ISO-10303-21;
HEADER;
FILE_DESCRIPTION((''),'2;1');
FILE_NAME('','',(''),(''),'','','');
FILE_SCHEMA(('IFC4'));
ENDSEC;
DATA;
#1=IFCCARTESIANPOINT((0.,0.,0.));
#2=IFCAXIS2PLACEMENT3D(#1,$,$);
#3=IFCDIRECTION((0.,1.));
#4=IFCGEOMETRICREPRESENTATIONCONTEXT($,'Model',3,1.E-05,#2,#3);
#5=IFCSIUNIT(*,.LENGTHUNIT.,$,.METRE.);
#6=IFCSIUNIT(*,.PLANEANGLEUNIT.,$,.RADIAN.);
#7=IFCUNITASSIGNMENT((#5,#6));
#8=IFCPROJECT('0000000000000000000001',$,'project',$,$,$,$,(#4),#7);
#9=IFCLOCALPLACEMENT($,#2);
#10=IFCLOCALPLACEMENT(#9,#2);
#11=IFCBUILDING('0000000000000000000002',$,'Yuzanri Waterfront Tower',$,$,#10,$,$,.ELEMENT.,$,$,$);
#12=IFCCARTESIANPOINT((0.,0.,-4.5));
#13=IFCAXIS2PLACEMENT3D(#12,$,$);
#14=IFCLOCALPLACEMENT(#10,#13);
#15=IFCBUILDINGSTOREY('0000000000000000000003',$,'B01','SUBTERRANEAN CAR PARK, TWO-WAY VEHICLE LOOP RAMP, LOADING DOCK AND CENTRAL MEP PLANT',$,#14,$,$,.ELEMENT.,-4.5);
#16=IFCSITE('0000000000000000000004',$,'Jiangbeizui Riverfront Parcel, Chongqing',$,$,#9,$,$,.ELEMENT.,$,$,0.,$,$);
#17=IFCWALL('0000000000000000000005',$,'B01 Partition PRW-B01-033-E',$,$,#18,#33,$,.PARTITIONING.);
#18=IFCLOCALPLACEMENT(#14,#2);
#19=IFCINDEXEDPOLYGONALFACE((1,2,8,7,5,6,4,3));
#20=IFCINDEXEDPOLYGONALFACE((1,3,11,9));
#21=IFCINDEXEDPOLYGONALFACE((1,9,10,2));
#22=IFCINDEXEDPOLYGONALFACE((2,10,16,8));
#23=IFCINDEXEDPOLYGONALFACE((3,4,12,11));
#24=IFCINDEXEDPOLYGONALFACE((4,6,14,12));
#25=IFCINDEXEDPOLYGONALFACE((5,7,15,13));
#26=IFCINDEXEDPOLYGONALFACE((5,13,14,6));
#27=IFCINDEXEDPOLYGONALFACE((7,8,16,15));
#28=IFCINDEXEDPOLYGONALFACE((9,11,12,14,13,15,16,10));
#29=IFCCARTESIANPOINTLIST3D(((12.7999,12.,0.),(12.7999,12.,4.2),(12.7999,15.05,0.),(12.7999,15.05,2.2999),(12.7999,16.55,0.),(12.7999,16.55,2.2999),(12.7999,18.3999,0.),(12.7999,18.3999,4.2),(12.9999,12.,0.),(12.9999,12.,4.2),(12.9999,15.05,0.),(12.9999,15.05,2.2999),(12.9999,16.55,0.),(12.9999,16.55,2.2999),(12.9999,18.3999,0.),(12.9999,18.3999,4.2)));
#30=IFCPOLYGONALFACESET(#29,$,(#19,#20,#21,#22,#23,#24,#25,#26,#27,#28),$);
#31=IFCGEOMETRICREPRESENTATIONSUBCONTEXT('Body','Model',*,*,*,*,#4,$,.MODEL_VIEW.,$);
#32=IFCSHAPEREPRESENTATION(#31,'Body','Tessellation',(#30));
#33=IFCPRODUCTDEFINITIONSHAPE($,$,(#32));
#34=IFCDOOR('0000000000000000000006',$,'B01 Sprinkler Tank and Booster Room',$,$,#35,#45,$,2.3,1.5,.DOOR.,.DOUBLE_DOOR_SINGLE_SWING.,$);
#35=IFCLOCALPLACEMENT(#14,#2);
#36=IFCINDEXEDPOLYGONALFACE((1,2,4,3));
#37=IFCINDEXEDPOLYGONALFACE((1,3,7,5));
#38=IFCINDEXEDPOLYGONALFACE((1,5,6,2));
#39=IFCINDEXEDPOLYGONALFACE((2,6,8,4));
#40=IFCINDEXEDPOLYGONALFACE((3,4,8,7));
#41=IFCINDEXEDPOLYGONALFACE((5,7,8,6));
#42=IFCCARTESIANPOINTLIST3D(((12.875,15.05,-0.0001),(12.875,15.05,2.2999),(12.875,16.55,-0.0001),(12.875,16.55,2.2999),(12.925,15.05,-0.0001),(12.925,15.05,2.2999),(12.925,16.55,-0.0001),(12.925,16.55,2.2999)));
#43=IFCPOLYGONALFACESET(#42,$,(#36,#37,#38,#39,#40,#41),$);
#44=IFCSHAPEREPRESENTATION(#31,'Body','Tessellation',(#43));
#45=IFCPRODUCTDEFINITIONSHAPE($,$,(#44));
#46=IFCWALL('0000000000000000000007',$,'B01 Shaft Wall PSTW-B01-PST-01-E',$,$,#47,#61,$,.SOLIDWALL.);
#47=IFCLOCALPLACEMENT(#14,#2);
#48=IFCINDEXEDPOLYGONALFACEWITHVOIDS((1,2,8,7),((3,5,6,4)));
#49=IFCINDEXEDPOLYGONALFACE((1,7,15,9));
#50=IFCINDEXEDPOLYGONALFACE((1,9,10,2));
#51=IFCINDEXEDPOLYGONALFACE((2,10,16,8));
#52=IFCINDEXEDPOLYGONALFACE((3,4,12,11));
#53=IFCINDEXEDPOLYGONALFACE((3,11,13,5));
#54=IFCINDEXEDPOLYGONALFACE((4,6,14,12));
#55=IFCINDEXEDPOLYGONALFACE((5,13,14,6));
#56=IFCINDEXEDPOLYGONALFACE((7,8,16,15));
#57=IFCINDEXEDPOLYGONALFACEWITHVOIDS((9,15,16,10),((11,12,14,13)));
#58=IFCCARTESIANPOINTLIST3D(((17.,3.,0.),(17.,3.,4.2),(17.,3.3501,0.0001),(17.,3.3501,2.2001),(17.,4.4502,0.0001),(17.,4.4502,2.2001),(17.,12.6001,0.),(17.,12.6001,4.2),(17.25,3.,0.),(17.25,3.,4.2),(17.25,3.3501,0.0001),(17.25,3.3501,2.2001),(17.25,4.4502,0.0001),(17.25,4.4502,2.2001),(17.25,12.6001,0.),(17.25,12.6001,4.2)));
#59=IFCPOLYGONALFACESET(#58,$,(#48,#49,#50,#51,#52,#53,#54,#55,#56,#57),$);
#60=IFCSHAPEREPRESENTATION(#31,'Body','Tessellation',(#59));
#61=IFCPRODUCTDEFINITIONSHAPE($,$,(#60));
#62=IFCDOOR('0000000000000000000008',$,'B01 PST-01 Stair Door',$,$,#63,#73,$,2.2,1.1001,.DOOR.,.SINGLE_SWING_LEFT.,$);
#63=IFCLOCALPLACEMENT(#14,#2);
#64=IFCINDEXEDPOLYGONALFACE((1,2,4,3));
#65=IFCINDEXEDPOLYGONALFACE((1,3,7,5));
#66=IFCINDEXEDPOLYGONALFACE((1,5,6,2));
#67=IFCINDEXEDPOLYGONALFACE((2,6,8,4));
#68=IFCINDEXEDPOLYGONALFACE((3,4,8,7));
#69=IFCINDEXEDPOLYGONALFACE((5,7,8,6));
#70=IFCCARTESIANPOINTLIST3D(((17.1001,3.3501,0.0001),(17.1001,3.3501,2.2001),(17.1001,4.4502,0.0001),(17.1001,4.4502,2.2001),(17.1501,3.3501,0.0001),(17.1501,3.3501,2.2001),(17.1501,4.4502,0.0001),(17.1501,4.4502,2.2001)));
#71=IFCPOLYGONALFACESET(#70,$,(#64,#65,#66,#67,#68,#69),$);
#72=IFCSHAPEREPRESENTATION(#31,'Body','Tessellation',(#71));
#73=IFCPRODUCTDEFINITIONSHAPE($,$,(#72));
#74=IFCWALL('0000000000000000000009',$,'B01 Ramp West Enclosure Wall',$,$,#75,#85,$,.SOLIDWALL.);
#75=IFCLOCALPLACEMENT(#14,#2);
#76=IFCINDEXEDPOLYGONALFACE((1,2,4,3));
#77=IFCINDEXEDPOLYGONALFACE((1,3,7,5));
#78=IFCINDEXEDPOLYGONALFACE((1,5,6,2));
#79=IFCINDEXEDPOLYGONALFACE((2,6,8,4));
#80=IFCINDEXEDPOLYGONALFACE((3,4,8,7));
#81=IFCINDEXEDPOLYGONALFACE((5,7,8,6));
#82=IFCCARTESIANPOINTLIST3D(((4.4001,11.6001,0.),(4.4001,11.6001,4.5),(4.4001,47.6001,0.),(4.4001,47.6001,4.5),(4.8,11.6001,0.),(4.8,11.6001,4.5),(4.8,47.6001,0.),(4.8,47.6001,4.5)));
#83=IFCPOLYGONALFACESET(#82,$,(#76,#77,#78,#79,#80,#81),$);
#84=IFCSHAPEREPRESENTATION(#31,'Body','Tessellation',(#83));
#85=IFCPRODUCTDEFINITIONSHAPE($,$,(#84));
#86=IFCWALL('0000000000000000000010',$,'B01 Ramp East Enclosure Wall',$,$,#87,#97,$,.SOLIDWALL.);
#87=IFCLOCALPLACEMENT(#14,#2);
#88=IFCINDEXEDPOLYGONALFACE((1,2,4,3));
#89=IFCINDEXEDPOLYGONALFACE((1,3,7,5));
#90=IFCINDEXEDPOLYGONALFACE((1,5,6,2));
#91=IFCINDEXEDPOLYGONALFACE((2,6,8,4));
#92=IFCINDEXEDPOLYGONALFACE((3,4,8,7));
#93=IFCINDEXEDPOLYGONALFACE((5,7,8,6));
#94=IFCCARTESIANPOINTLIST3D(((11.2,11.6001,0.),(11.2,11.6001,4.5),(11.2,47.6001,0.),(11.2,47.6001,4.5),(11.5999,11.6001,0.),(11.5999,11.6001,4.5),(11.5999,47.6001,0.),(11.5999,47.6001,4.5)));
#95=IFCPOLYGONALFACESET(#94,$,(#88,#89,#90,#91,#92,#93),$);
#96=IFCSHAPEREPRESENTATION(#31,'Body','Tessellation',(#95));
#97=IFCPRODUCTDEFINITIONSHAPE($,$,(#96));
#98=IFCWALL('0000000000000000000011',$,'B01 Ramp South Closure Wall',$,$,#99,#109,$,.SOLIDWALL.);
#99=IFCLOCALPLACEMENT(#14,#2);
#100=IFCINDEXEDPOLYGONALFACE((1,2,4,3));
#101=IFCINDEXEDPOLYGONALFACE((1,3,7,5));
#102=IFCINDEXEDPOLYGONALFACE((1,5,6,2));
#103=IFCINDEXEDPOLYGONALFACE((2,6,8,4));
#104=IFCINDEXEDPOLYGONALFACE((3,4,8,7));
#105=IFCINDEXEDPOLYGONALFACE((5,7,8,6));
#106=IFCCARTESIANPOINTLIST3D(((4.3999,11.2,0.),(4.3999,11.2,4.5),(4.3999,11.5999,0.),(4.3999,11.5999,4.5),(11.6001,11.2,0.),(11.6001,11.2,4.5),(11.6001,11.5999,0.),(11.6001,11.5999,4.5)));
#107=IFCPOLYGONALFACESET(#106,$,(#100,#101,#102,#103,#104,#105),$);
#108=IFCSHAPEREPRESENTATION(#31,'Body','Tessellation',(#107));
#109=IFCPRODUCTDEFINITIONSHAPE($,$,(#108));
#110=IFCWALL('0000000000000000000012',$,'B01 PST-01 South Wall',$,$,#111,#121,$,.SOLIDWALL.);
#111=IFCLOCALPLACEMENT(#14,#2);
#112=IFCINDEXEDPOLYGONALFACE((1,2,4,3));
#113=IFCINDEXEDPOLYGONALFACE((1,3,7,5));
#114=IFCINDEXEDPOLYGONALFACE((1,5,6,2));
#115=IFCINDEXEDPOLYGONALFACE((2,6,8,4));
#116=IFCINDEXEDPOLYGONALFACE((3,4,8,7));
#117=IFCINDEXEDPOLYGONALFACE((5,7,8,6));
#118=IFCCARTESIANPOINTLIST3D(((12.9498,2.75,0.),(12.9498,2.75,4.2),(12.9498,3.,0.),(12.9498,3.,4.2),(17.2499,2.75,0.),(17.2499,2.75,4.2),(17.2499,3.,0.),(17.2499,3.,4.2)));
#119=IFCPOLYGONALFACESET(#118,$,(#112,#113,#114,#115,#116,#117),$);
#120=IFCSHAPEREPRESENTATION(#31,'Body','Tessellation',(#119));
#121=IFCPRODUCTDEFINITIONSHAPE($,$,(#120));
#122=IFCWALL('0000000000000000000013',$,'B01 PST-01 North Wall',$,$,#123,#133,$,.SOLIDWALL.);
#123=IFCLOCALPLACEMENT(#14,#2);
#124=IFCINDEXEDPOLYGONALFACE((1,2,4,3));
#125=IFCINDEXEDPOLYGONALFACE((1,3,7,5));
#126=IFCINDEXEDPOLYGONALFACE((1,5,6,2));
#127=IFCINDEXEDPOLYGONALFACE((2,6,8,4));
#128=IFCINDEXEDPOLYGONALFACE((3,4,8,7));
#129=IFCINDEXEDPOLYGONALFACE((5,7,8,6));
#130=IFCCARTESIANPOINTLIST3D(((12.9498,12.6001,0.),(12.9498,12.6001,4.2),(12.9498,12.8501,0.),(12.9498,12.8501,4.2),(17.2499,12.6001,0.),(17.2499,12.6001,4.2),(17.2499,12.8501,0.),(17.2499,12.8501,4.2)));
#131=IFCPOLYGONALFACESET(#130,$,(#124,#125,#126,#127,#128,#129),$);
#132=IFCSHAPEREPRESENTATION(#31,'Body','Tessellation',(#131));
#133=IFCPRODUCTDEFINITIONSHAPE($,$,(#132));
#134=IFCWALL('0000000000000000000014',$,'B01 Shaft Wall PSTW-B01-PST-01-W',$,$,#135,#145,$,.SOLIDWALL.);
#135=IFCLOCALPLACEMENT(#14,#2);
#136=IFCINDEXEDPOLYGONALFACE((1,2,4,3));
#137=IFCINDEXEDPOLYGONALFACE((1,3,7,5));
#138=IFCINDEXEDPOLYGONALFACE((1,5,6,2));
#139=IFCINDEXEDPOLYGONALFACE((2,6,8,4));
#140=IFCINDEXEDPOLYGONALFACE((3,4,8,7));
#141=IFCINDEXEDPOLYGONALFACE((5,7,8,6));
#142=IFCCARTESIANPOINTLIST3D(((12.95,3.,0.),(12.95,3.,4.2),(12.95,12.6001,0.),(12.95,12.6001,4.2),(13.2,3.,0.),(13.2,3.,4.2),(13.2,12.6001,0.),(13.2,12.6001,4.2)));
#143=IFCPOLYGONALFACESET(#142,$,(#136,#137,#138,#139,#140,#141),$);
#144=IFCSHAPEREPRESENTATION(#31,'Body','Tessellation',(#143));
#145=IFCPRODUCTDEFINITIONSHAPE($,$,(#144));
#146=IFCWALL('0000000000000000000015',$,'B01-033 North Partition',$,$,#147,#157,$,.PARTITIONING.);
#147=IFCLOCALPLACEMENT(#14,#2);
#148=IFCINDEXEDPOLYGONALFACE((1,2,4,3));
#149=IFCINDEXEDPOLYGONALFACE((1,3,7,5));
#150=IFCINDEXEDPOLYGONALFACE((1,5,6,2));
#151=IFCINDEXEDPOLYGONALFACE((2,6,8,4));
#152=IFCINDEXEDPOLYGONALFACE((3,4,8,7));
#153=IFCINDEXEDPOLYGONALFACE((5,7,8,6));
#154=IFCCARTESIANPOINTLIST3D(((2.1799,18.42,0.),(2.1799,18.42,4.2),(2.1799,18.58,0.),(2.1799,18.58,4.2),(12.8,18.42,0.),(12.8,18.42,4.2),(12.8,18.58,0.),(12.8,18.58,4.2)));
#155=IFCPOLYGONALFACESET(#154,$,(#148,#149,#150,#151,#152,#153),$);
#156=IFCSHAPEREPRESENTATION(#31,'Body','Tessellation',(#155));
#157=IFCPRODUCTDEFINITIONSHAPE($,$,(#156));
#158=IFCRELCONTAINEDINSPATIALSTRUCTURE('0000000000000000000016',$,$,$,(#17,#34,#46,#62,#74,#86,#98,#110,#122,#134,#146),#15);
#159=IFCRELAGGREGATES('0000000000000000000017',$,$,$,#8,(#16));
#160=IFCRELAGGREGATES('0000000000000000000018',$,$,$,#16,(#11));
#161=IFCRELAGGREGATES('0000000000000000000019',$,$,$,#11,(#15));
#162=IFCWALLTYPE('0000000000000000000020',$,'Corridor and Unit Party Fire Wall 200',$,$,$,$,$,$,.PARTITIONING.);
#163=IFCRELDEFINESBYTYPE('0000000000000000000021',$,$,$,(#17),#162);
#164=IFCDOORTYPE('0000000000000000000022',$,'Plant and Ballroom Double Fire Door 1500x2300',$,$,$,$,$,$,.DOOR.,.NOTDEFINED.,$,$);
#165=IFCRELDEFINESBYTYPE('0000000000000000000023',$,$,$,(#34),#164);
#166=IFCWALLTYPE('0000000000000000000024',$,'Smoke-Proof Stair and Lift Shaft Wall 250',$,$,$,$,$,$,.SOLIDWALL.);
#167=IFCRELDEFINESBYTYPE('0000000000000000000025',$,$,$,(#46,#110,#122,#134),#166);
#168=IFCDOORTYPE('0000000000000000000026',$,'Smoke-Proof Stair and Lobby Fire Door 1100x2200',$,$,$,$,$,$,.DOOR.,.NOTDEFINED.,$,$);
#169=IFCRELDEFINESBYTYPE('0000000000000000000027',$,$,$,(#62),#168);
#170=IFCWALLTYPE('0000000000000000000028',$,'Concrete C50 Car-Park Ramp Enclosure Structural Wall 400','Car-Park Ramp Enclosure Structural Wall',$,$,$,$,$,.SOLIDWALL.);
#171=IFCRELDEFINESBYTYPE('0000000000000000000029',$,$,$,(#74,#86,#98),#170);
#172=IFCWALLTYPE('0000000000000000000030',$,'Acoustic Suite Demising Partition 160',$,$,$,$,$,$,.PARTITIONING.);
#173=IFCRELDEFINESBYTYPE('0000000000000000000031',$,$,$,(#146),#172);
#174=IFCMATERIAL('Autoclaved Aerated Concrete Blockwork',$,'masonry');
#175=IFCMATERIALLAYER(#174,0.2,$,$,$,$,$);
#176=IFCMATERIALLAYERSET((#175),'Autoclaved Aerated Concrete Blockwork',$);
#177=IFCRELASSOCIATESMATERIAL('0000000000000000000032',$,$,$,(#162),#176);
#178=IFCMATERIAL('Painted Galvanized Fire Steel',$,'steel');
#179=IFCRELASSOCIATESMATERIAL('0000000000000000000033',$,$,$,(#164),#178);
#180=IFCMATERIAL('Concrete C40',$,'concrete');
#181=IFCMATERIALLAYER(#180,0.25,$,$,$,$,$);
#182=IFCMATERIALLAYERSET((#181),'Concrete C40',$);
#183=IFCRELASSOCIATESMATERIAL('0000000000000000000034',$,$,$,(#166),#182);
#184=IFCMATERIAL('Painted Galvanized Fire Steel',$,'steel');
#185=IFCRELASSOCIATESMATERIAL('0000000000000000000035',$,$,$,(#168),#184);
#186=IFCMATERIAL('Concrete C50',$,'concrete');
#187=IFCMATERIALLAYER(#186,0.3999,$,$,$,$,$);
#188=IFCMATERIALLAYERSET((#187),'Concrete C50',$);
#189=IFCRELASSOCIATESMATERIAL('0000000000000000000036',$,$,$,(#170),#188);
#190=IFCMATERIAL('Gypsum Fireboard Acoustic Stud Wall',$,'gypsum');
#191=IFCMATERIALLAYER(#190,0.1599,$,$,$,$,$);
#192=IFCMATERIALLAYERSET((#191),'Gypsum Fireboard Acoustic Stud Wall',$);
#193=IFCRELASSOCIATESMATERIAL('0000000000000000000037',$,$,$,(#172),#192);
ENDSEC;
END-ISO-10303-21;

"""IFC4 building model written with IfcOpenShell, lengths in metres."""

from ifc_helpers import new_model, si_unit, direction, frame, frame_2d, origin, place, context, subcontext, project, spatial, rectangle, extrude, source, transform, mapped, material, layer, layer_set, type_object, element, fill, save


model = new_model("IFC4")

# Units and contexts
model_context = context("Model", 3, precision=1e-05, world=origin(), true_north=direction((0.0, 1.0)))
body_context = subcontext(model_context, "Body", "Model", "MODEL_VIEW")
ifc_project = project(units=[si_unit("LENGTHUNIT", "METRE"), si_unit("PLANEANGLEUNIT", "RADIAN")], contexts=[model_context])

# Site, building, storey
site_placement = place(None, origin())
site = spatial("IfcSite", under=ifc_project, at=site_placement, Name="Jiangbeizui Riverfront Parcel, Chongqing", CompositionType="ELEMENT", RefElevation=0.0)
building_placement = place(site_placement, origin())
building = spatial("IfcBuilding", under=site, at=building_placement, Name="Yuzanri Waterfront Tower", CompositionType="ELEMENT")
storey_placement = place(building_placement, frame((0.0, 0.0, -4.5)))
storey = spatial("IfcBuildingStorey", under=building, at=storey_placement, Name="B01", Description="SUBTERRANEAN CAR PARK, TWO-WAY VEHICLE LOOP RAMP, LOADING DOCK AND CENTRAL MEP PLANT", CompositionType="ELEMENT", Elevation=-4.5)

# Walls, openings, doors
ifc_material_1 = material(Name="Autoclaved Aerated Concrete Blockwork", Category="masonry")
ifc_layer_1 = layer(ifc_material_1, 0.2)
ifc_layer_set_1 = layer_set([ifc_layer_1], Name="Autoclaved Aerated Concrete Blockwork")
wall_type_1 = type_object("IfcWallType", Name="Corridor and Unit Party Fire Wall 200", PredefinedType="PARTITIONING", material=ifc_layer_set_1)
wall_1_placement = place(storey_placement, frame((12.8999, 12.0, 0.0), z_axis=(0.0, 0.0, 1.0), x_axis=(0.0, 1.0, 0.0)))
wall_1 = element("IfcWall", 1, at=wall_1_placement, inside=storey, type_object=wall_type_1, Name="B01 Partition PRW-B01-033-E", PredefinedType="PARTITIONING", context=body_context, shape_type="SweptSolid", body=[
    extrude(rectangle(XDim=6.3999, YDim=0.2, at=frame_2d((3.2, 0.0))), origin(), (0.0, 0.0, 1.0), 4.2),
])
opening_1_placement = place(wall_1_placement, frame((3.05, 0.0, 0.0)))
opening_1 = element("IfcOpeningElement", 2, at=opening_1_placement, cuts=wall_1, PredefinedType="OPENING", context=body_context, shape_type="SweptSolid", body=[
    extrude(rectangle(XDim=1.5, YDim=2.3, at=frame_2d((0.75, 1.1499))), frame((0.0, 0.1147, 0.0), z_axis=(0.0, -1.0, 0.0), x_axis=(1.0, 0.0, 0.0)), (0.0, 0.0, 1.0), 0.2297),
])
ifc_material_2 = material(Name="Painted Galvanized Fire Steel", Category="steel")
door_type_1 = type_object("IfcDoorType", Name="Plant and Ballroom Double Fire Door 1500x2300", OperationType="NOTDEFINED", PredefinedType="DOOR", material=ifc_material_2)
shared_shape_1 = source(origin(), body_context, "Body", "SweptSolid", [
    extrude(rectangle(XDim=1.5, YDim=2.3, at=frame_2d((0.75, 1.1499))), frame((0.0, 0.0249, 0.0), z_axis=(0.0, -1.0, 0.0), x_axis=(1.0, 0.0, 0.0)), (0.0, 0.0, 1.0), 0.05),
])
door_1_placement = place(opening_1_placement, origin())
door_1 = element("IfcDoor", 3, at=door_1_placement, inside=storey, type_object=door_type_1, Name="B01 Sprinkler Tank and Booster Room", OperationType="DOUBLE_DOOR_SINGLE_SWING", OverallHeight=2.3, OverallWidth=1.5, PredefinedType="DOOR", context=body_context, shape_type="MappedRepresentation", body=[
    mapped(shared_shape_1, transform((0.0, 0.0, 0.0), scale=1.0)),
])
fill(opening_1, door_1)
ifc_material_3 = material(Name="Concrete C40", Category="concrete")
ifc_layer_2 = layer(ifc_material_3, 0.25)
ifc_layer_set_2 = layer_set([ifc_layer_2], Name="Concrete C40")
wall_type_2 = type_object("IfcWallType", Name="Smoke-Proof Stair and Lift Shaft Wall 250", PredefinedType="SOLIDWALL", material=ifc_layer_set_2)
wall_2_placement = place(storey_placement, frame((17.125, 3.0, 0.0), z_axis=(0.0, 0.0, 1.0), x_axis=(0.0, 1.0, 0.0)))
wall_2 = element("IfcWall", 4, at=wall_2_placement, inside=storey, type_object=wall_type_2, Name="B01 Shaft Wall PSTW-B01-PST-01-E", PredefinedType="SOLIDWALL", context=body_context, shape_type="SweptSolid", body=[
    extrude(rectangle(XDim=9.6001, YDim=0.25, at=frame_2d((4.8, 0.0))), origin(), (0.0, 0.0, 1.0), 4.2),
])
opening_2_placement = place(wall_2_placement, frame((0.3501, 0.0, 0.0)))
opening_2 = element("IfcOpeningElement", 5, at=opening_2_placement, cuts=wall_2, PredefinedType="OPENING", context=body_context, shape_type="SweptSolid", body=[
    extrude(rectangle(XDim=1.1001, YDim=2.2, at=frame_2d((0.55, 1.1001))), frame((0.0, 0.1399, 0.0), z_axis=(0.0, -1.0, 0.0), x_axis=(1.0, 0.0, 0.0)), (0.0, 0.0, 1.0), 0.2798),
])
ifc_material_4 = material(Name="Painted Galvanized Fire Steel", Category="steel")
door_type_2 = type_object("IfcDoorType", Name="Smoke-Proof Stair and Lobby Fire Door 1100x2200", OperationType="NOTDEFINED", PredefinedType="DOOR", material=ifc_material_4)
shared_shape_2 = source(origin(), body_context, "Body", "SweptSolid", [
    extrude(rectangle(XDim=1.1001, YDim=2.2, at=frame_2d((0.55, 1.1001))), frame((0.0, 0.0249, 0.0), z_axis=(0.0, -1.0, 0.0), x_axis=(1.0, 0.0, 0.0)), (0.0, 0.0, 1.0), 0.05),
])
door_2_placement = place(opening_2_placement, origin())
door_2 = element("IfcDoor", 6, at=door_2_placement, inside=storey, type_object=door_type_2, Name="B01 PST-01 Stair Door", OperationType="SINGLE_SWING_LEFT", OverallHeight=2.2, OverallWidth=1.1001, PredefinedType="DOOR", context=body_context, shape_type="MappedRepresentation", body=[
    mapped(shared_shape_2, transform((0.0, 0.0, 0.0), scale=1.0)),
])
fill(opening_2, door_2)

# Walls
ifc_material_5 = material(Name="Concrete C50", Category="concrete")
ifc_layer_3 = layer(ifc_material_5, 0.3999)
ifc_layer_set_3 = layer_set([ifc_layer_3], Name="Concrete C50")
wall_type_3 = type_object("IfcWallType", Name="Concrete C50 Car-Park Ramp Enclosure Structural Wall 400", Description="Car-Park Ramp Enclosure Structural Wall", PredefinedType="SOLIDWALL", material=ifc_layer_set_3)
shared_shape_3 = source(origin(), body_context, "Body", "SweptSolid", [
    extrude(rectangle(XDim=36.0, YDim=0.3999, at=frame_2d((18.0, 0.0))), origin(), (0.0, 0.0, 1.0), 4.5),
])
for number, where, z_axis, x_axis, name in (
    (7, (4.6001, 11.6001, 0.0), (0.0, 0.0, 1.0), (0.0, 1.0, 0.0), "B01 Ramp West Enclosure Wall"),
    (8, (11.3999, 11.6001, 0.0), (0.0, 0.0, 1.0), (0.0, 1.0, 0.0), "B01 Ramp East Enclosure Wall"),
):
    element("IfcWall", number, at=place(storey_placement, frame(where, z_axis=z_axis, x_axis=x_axis)), inside=storey, type_object=wall_type_3, Name=name, PredefinedType="SOLIDWALL", context=body_context, shape_type="MappedRepresentation", body=[
        mapped(shared_shape_3, transform((0.0, 0.0, 0.0), scale=1.0)),
    ])
shared_shape_4 = source(origin(), body_context, "Body", "SweptSolid", [
    extrude(rectangle(XDim=7.2002, YDim=0.3999, at=frame_2d((3.6001, 0.0))), origin(), (0.0, 0.0, 1.0), 4.5),
])
wall_3_placement = place(storey_placement, frame((4.3999, 11.3999, 0.0), z_axis=(0.0, 0.0, 1.0), x_axis=(1.0, 0.0, 0.0)))
element("IfcWall", 9, at=wall_3_placement, inside=storey, type_object=wall_type_3, Name="B01 Ramp South Closure Wall", PredefinedType="SOLIDWALL", context=body_context, shape_type="MappedRepresentation", body=[
    mapped(shared_shape_4, transform((0.0, 0.0, 0.0), scale=1.0)),
])
shared_shape_5 = source(origin(), body_context, "Body", "SweptSolid", [
    extrude(rectangle(XDim=4.3, YDim=0.25, at=frame_2d((2.1499, 0.0))), origin(), (0.0, 0.0, 1.0), 4.2),
])
for number, where, z_axis, x_axis, name in (
    (10, (12.95, 2.875, 0.0), (0.0, 0.0, 1.0), (1.0, 0.0, 0.0), "B01 PST-01 South Wall"),
    (11, (12.95, 12.7251, 0.0), (0.0, 0.0, 1.0), (1.0, 0.0, 0.0), "B01 PST-01 North Wall"),
):
    element("IfcWall", number, at=place(storey_placement, frame(where, z_axis=z_axis, x_axis=x_axis)), inside=storey, type_object=wall_type_2, Name=name, PredefinedType="SOLIDWALL", context=body_context, shape_type="MappedRepresentation", body=[
        mapped(shared_shape_5, transform((0.0, 0.0, 0.0), scale=1.0)),
    ])
shared_shape_6 = source(origin(), body_context, "Body", "SweptSolid", [
    extrude(rectangle(XDim=9.6001, YDim=0.25, at=frame_2d((4.8, 0.0))), origin(), (0.0, 0.0, 1.0), 4.2),
])
wall_4_placement = place(storey_placement, frame((13.075, 3.0, 0.0), z_axis=(0.0, 0.0, 1.0), x_axis=(0.0, 1.0, 0.0)))
element("IfcWall", 12, at=wall_4_placement, inside=storey, type_object=wall_type_2, Name="B01 Shaft Wall PSTW-B01-PST-01-W", PredefinedType="SOLIDWALL", context=body_context, shape_type="MappedRepresentation", body=[
    mapped(shared_shape_6, transform((0.0, 0.0, 0.0), scale=1.0)),
])
ifc_material_6 = material(Name="Gypsum Fireboard Acoustic Stud Wall", Category="gypsum")
ifc_layer_4 = layer(ifc_material_6, 0.1599)
ifc_layer_set_4 = layer_set([ifc_layer_4], Name="Gypsum Fireboard Acoustic Stud Wall")
wall_type_4 = type_object("IfcWallType", Name="Acoustic Suite Demising Partition 160", PredefinedType="PARTITIONING", material=ifc_layer_set_4)
shared_shape_7 = source(origin(), body_context, "Body", "SweptSolid", [
    extrude(rectangle(XDim=10.6201, YDim=0.1599, at=frame_2d((5.3101, 0.0))), origin(), (0.0, 0.0, 1.0), 4.2),
])
wall_5_placement = place(storey_placement, frame((2.1799, 18.5, 0.0), z_axis=(0.0, 0.0, 1.0), x_axis=(1.0, 0.0, 0.0)))
element("IfcWall", 13, at=wall_5_placement, inside=storey, type_object=wall_type_4, Name="B01-033 North Partition", PredefinedType="PARTITIONING", context=body_context, shape_type="MappedRepresentation", body=[
    mapped(shared_shape_7, transform((0.0, 0.0, 0.0), scale=1.0)),
])

save(model, "model.ifc")
